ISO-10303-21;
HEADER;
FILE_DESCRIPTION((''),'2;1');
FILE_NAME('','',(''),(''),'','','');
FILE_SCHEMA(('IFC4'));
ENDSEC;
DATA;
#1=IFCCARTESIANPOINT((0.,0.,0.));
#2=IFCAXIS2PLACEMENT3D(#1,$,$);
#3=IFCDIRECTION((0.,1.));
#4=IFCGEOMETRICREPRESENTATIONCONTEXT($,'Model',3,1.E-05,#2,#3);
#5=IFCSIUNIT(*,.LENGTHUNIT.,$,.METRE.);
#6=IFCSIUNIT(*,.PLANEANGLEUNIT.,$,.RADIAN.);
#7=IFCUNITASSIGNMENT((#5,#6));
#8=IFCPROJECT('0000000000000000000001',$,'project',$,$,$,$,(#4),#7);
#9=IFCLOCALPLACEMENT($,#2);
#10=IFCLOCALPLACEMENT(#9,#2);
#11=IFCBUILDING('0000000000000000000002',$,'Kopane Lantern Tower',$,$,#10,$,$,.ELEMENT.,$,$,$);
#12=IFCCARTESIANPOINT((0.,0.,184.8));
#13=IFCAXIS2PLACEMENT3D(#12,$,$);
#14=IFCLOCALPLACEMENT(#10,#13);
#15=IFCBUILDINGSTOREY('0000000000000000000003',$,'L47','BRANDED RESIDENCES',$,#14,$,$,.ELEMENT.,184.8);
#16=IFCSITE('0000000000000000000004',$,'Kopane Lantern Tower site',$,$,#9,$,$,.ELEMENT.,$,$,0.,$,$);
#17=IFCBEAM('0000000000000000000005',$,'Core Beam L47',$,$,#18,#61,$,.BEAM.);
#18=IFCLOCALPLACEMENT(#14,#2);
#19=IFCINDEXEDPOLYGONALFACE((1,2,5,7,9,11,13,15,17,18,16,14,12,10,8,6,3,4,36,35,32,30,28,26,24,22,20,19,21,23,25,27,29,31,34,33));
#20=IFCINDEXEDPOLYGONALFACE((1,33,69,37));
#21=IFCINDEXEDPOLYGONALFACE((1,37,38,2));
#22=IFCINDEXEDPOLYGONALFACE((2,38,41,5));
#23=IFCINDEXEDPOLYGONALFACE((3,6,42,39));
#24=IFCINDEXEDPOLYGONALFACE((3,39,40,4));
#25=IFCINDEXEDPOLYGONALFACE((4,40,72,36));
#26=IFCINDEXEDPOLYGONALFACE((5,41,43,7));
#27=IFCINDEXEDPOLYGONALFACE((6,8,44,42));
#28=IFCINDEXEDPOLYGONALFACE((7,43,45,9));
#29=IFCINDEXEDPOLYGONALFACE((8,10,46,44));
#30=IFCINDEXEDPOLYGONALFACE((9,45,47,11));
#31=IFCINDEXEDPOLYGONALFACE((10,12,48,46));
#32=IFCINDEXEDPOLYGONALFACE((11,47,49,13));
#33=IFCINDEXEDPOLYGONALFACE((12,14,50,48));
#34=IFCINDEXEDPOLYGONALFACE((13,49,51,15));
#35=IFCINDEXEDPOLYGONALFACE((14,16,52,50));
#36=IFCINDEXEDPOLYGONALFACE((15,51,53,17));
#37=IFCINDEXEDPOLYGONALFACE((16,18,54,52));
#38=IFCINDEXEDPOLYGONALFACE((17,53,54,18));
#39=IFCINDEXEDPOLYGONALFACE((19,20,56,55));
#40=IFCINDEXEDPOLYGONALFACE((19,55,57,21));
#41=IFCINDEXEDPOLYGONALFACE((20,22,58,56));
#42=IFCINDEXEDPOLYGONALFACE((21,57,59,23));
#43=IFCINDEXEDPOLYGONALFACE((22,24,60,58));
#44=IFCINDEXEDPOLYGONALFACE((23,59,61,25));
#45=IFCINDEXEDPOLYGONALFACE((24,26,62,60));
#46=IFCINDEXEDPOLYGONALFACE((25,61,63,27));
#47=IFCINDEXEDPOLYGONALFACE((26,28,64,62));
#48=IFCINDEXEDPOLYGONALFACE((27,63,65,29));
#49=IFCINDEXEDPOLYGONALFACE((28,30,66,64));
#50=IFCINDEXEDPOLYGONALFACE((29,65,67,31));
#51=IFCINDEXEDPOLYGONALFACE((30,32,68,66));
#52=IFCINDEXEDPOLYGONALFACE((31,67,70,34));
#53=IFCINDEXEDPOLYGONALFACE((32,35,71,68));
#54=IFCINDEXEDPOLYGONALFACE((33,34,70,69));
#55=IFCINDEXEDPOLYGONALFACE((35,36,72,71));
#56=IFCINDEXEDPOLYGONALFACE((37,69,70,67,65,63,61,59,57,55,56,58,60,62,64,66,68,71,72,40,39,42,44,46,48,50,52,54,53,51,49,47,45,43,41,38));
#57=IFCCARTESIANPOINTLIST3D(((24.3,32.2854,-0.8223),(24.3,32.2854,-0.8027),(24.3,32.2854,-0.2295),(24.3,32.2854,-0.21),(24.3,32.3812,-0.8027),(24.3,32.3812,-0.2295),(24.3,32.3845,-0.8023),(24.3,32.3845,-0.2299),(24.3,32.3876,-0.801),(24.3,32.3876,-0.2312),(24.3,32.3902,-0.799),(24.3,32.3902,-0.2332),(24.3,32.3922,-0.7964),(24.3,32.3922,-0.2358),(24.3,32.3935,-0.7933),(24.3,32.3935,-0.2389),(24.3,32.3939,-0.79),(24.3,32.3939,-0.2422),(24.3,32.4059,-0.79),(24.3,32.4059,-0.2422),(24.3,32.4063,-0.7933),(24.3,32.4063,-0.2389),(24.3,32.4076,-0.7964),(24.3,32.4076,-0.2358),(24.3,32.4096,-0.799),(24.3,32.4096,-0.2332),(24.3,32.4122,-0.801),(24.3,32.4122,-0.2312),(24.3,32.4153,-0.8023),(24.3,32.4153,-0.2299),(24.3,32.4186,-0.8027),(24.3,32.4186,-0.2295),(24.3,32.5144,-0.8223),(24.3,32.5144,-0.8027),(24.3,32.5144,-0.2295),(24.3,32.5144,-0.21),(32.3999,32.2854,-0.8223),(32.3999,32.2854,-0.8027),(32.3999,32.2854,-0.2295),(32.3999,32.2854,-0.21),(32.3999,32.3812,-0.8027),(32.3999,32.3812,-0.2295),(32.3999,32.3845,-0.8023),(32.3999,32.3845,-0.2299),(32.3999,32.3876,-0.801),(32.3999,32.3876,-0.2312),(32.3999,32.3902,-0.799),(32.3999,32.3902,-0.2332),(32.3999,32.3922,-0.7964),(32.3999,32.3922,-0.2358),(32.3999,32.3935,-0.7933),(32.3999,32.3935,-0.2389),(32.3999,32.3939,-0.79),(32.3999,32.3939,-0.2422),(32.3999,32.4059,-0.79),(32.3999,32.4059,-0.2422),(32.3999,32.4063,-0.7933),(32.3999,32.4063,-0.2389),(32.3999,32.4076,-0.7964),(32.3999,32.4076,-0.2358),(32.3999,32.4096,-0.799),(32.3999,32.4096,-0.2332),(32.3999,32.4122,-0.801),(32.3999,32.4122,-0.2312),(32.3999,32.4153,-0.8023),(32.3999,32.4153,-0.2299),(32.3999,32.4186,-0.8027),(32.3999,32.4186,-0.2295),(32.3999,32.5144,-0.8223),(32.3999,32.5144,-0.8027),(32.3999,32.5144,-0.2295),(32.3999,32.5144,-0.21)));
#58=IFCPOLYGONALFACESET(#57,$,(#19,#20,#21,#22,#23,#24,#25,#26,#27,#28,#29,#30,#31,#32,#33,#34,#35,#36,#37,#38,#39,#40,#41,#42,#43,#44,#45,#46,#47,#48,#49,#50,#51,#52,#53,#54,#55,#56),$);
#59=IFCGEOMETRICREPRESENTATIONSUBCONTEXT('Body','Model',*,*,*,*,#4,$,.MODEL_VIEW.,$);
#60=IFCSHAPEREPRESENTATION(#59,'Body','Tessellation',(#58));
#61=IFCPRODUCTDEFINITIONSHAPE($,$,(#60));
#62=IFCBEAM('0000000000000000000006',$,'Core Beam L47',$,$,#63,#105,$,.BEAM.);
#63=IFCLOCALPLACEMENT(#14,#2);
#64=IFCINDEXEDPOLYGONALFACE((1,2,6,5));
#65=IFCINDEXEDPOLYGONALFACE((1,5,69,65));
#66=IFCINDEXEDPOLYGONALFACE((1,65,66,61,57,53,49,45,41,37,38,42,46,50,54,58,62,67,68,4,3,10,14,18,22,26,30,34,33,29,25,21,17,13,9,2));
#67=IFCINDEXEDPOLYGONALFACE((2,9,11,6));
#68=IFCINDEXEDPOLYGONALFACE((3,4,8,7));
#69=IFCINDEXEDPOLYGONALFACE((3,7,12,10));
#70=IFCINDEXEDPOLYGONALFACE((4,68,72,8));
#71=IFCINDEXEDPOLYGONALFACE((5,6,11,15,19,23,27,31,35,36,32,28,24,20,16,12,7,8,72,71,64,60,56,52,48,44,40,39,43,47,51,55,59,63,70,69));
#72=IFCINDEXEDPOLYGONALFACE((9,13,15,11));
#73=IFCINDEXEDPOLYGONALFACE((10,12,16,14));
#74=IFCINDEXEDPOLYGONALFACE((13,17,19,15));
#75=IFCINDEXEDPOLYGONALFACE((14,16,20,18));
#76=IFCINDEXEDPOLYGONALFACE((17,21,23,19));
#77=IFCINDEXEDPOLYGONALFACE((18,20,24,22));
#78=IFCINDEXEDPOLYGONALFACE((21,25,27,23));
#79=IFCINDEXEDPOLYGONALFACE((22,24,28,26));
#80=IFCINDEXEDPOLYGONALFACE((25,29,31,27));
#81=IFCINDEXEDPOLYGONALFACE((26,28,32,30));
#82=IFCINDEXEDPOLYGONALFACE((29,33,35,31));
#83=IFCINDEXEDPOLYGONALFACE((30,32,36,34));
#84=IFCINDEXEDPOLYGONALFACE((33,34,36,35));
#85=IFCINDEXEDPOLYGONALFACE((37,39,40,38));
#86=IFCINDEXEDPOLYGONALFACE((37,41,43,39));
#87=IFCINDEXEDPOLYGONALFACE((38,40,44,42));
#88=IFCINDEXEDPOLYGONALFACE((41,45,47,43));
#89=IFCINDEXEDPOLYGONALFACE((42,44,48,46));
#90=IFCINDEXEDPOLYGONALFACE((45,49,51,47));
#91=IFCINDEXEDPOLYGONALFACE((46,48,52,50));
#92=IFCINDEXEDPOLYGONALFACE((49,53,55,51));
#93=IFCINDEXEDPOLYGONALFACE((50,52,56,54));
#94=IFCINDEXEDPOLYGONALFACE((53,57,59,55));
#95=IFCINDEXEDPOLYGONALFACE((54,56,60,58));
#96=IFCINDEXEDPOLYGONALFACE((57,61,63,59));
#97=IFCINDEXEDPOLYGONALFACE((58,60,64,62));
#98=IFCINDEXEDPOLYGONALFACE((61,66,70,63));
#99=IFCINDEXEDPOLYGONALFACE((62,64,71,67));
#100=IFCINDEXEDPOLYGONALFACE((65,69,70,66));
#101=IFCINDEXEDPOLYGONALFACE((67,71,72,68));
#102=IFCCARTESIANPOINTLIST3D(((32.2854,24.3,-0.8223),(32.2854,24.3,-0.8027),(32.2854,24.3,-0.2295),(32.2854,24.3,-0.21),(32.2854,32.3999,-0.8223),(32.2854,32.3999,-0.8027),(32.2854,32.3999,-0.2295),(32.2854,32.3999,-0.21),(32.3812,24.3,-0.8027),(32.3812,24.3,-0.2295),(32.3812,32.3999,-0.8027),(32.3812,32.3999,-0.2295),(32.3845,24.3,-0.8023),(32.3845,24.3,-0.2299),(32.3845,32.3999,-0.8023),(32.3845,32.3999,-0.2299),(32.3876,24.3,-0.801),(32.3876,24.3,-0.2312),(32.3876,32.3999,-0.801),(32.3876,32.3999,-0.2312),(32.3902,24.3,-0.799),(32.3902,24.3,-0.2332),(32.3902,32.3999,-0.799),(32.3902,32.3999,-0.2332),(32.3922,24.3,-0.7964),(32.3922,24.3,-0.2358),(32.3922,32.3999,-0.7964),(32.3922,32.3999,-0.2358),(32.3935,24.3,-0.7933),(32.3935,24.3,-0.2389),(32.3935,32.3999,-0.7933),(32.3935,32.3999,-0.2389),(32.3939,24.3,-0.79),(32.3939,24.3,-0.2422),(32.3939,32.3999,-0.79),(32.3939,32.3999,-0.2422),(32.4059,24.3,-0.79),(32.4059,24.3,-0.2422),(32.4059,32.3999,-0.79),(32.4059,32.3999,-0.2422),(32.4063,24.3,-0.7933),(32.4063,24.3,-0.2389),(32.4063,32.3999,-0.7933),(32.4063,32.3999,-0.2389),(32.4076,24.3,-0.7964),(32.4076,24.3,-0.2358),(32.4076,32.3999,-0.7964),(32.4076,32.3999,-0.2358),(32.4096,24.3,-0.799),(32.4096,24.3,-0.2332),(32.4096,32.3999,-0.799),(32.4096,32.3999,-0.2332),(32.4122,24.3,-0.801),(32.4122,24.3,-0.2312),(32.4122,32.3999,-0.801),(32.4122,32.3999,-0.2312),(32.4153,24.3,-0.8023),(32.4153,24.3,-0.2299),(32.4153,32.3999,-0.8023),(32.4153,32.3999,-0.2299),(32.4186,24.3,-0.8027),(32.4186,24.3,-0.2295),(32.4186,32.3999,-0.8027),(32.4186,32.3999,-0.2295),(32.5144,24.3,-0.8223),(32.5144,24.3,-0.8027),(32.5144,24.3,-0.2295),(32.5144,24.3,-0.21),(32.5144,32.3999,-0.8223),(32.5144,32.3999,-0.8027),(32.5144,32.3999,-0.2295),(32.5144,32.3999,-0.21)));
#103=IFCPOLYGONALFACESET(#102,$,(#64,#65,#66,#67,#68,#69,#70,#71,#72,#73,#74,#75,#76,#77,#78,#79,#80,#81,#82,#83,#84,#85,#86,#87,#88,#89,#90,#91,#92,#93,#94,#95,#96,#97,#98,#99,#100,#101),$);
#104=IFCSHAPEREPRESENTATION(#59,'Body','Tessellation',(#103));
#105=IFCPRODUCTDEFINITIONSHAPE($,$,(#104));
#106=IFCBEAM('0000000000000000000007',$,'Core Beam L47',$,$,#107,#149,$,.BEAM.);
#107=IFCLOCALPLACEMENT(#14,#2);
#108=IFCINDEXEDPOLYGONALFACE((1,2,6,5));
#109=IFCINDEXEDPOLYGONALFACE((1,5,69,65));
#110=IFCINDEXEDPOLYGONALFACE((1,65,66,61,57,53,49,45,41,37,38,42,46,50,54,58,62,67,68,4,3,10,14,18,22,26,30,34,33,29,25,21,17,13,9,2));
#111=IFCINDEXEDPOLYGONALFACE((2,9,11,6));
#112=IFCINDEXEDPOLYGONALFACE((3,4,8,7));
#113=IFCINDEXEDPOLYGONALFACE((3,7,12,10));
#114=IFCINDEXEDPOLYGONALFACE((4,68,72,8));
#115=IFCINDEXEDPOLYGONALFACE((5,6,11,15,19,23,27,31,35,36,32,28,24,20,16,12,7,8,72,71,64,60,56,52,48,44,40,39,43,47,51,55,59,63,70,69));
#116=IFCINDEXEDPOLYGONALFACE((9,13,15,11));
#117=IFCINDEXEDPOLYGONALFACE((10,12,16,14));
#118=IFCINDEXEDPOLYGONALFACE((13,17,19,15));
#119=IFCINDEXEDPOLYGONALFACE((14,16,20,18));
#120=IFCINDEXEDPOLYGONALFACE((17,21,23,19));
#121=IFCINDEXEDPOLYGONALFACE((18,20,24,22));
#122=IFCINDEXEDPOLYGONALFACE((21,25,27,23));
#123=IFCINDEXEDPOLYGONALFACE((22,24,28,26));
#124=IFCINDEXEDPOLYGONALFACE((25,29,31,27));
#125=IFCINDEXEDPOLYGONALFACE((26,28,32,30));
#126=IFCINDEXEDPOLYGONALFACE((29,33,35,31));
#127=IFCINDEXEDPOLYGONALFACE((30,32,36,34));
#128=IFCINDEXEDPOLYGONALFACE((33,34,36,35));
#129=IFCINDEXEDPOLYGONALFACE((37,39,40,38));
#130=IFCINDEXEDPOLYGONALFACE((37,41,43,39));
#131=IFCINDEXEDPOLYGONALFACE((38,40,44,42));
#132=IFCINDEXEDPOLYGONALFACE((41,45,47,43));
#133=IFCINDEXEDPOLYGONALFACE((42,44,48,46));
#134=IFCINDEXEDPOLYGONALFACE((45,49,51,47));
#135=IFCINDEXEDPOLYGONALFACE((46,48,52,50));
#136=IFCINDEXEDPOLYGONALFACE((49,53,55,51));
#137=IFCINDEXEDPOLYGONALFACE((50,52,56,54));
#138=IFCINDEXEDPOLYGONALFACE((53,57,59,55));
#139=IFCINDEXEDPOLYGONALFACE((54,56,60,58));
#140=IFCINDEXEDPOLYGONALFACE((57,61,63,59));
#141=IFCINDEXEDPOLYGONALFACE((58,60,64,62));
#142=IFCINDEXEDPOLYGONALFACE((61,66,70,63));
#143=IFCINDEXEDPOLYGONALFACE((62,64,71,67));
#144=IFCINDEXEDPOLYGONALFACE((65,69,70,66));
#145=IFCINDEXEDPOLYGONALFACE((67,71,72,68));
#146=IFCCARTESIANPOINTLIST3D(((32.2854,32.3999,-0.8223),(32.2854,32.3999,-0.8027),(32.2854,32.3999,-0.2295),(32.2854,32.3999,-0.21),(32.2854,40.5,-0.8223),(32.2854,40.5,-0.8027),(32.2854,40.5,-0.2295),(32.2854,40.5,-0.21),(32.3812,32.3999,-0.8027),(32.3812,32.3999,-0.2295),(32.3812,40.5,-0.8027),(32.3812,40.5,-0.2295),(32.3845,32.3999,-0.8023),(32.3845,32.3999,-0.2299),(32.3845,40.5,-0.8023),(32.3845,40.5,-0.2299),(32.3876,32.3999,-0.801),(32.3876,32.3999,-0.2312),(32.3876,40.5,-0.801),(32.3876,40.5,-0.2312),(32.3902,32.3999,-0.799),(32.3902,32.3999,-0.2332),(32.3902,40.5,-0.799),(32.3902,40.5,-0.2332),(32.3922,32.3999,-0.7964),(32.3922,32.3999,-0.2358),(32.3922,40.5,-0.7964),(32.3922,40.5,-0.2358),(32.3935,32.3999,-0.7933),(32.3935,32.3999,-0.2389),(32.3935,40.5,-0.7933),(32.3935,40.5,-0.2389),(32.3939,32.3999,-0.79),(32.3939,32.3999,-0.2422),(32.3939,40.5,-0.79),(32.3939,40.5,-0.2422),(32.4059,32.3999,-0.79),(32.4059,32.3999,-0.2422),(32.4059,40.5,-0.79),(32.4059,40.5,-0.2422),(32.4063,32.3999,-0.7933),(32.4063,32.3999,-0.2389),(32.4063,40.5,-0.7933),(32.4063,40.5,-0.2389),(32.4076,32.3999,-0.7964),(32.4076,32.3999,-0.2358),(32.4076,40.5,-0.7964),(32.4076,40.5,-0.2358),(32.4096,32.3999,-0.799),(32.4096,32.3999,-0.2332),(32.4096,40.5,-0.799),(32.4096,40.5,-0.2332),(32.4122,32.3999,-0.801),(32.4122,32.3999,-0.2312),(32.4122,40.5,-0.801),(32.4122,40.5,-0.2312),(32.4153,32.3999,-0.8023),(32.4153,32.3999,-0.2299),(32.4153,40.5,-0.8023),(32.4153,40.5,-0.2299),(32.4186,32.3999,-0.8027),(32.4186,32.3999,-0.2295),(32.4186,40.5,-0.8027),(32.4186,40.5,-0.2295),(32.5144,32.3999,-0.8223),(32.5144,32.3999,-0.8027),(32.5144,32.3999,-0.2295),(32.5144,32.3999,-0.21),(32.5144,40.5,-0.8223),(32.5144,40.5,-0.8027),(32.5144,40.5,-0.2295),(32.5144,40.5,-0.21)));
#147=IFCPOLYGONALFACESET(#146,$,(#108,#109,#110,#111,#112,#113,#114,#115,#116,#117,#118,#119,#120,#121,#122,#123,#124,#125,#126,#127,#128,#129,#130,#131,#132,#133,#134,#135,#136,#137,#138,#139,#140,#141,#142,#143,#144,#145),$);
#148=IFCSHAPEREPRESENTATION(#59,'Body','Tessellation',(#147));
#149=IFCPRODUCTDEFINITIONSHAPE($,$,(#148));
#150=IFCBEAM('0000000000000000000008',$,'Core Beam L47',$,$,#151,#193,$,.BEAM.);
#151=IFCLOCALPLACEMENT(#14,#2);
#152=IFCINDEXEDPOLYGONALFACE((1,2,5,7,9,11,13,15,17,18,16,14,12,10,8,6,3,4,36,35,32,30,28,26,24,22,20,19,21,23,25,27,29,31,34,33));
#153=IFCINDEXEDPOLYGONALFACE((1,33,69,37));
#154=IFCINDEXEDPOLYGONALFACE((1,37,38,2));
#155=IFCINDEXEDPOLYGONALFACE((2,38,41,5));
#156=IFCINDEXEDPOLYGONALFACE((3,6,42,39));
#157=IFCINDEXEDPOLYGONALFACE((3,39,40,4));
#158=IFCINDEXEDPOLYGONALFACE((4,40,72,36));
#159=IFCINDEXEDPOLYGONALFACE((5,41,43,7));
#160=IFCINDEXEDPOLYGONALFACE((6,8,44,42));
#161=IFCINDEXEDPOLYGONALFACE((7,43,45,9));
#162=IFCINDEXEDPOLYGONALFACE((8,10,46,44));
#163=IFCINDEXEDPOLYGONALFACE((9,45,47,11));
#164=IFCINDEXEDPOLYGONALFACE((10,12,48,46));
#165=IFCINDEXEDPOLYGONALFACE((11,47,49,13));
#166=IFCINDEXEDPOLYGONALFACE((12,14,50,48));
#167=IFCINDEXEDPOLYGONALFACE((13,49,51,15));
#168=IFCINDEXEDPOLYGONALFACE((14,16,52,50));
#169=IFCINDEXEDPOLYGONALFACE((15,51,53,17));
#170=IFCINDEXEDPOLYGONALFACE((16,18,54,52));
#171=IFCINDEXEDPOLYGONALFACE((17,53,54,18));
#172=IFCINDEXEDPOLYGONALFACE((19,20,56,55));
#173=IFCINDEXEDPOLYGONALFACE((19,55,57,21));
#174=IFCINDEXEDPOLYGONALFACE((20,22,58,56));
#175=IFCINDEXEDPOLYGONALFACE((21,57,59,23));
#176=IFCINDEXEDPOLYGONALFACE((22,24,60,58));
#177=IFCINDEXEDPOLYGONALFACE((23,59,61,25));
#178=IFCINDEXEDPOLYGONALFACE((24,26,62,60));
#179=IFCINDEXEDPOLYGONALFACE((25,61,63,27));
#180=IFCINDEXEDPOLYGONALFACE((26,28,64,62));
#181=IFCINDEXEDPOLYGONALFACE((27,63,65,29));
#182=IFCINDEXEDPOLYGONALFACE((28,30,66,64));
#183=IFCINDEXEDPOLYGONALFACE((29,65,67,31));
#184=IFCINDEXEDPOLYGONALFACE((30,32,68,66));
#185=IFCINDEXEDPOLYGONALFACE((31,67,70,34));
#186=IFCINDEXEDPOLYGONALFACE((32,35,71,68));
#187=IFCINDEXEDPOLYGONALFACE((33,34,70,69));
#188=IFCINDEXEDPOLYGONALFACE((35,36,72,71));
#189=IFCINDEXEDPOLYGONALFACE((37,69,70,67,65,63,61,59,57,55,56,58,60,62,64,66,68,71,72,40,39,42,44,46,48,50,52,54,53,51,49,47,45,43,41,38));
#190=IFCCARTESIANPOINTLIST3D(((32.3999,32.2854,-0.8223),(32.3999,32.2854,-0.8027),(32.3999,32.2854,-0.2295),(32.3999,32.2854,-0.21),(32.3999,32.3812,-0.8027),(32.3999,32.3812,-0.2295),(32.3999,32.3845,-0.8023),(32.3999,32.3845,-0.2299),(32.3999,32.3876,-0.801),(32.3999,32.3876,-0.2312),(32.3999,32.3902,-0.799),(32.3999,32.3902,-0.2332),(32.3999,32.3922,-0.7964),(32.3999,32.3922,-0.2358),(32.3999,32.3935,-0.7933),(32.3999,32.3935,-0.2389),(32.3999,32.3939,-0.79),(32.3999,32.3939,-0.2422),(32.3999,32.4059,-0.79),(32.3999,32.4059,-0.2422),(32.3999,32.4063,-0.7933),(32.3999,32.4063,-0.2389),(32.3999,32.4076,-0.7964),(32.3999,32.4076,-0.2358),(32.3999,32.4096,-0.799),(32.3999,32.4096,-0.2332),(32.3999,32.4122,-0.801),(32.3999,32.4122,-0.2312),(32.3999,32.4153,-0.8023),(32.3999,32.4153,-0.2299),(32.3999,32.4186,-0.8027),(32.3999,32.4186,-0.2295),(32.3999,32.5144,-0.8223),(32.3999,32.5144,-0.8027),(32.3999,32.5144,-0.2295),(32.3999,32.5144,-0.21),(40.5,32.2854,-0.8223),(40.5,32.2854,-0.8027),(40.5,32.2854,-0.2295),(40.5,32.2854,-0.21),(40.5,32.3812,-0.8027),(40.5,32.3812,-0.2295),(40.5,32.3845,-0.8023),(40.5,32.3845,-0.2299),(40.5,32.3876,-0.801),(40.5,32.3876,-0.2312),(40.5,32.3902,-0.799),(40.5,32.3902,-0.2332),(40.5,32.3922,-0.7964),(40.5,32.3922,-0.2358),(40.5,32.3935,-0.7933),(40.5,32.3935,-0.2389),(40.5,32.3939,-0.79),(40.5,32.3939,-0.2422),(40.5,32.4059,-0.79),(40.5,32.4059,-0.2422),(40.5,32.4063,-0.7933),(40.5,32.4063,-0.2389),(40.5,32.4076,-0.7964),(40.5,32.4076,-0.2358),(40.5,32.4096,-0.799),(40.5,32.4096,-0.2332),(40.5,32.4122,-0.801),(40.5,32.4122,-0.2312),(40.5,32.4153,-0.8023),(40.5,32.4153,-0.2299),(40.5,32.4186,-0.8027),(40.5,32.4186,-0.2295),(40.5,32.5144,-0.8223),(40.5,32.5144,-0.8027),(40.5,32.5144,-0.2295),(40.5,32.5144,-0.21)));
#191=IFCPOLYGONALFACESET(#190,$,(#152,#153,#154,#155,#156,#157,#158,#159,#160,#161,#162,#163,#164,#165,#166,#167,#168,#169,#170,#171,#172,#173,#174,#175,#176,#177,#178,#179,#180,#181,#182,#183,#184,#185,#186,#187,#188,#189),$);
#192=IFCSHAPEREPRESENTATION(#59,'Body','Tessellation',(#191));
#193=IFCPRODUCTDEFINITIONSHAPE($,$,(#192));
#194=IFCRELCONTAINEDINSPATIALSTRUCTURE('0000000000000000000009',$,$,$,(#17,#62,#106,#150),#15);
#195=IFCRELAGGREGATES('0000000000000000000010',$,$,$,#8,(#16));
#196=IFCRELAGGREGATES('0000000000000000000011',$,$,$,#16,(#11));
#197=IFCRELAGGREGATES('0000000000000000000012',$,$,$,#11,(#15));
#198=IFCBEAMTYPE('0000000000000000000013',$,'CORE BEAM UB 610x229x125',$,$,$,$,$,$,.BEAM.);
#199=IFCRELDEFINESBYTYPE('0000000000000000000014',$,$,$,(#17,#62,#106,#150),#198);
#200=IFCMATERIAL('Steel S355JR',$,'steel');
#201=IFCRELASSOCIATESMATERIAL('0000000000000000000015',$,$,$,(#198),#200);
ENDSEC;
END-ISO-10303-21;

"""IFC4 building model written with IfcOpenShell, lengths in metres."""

from ifc_helpers import new_model, si_unit, direction, frame, origin, origin_2d, place, context, subcontext, project, spatial, i_section, extrude, material, material_profile, profile_set, type_object, element, save


model = new_model("IFC4")

# Units and contexts
model_context = context("Model", 3, precision=1e-05, world=origin(), true_north=direction((0.0, 1.0)))
body_context = subcontext(model_context, "Body", "Model", "MODEL_VIEW")
ifc_project = project(units=[si_unit("LENGTHUNIT", "METRE"), si_unit("PLANEANGLEUNIT", "RADIAN")], contexts=[model_context])

# Site, building, storey
site_placement = place(None, origin())
site = spatial("IfcSite", under=ifc_project, at=site_placement, Name="Kopane Lantern Tower site", CompositionType="ELEMENT", RefElevation=0.0)
building_placement = place(site_placement, origin())
building = spatial("IfcBuilding", under=site, at=building_placement, Name="Kopane Lantern Tower", CompositionType="ELEMENT")
storey_placement = place(building_placement, frame((0.0, 0.0, 184.8)))
storey = spatial("IfcBuildingStorey", under=building, at=storey_placement, Name="L47", Description="BRANDED RESIDENCES", CompositionType="ELEMENT", Elevation=184.8)

# Beams
ifc_material_1 = material(Name="Steel S355JR", Category="steel")
ifc_material_profile_1 = material_profile(ifc_material_1, i_section(OverallWidth=0.229, OverallDepth=0.6123, WebThickness=0.012, FlangeThickness=0.0195, FilletRadius=0.0127, at=origin_2d()), Name="UB 610x229x125")
ifc_profile_set_1 = profile_set([ifc_material_profile_1], Name="Steel S355JR")
beam_type_1 = type_object("IfcBeamType", Name="CORE BEAM UB 610x229x125", PredefinedType="BEAM", material=ifc_profile_set_1)
for number, where, z_axis, x_axis, name in (
    (1, (24.3, 32.3999, -0.5161), (1.0, 0.0, 0.0), (0.0, 1.0, 0.0), "Core Beam L47"),
    (2, (32.3999, 24.3, -0.5161), (0.0, 1.0, 0.0), (-1.0, 0.0, 0.0), "Core Beam L47"),
):
    element("IfcBeam", number, at=place(storey_placement, frame(where, z_axis=z_axis, x_axis=x_axis)), inside=storey, type_object=beam_type_1, Name=name, PredefinedType="BEAM", context=body_context, shape_type="SweptSolid", body=[
        extrude(i_section(OverallWidth=0.229, OverallDepth=0.6123, WebThickness=0.012, FlangeThickness=0.0195, FilletRadius=0.0127, at=origin_2d()), origin(), (0.0, 0.0, 1.0), 8.0999),
    ])
for number, where, z_axis, x_axis, name in (
    (3, (32.3999, 32.3999, -0.5161), (0.0, 1.0, 0.0), (-1.0, 0.0, 0.0), "Core Beam L47"),
    (4, (32.3999, 32.3999, -0.5161), (1.0, 0.0, 0.0), (0.0, 1.0, 0.0), "Core Beam L47"),
):
    element("IfcBeam", number, at=place(storey_placement, frame(where, z_axis=z_axis, x_axis=x_axis)), inside=storey, type_object=beam_type_1, Name=name, PredefinedType="BEAM", context=body_context, shape_type="SweptSolid", body=[
        extrude(i_section(OverallWidth=0.229, OverallDepth=0.6123, WebThickness=0.012, FlangeThickness=0.0195, FilletRadius=0.0127, at=origin_2d()), origin(), (0.0, 0.0, 1.0), 8.1001),
    ])

save(model, "model.ifc")
